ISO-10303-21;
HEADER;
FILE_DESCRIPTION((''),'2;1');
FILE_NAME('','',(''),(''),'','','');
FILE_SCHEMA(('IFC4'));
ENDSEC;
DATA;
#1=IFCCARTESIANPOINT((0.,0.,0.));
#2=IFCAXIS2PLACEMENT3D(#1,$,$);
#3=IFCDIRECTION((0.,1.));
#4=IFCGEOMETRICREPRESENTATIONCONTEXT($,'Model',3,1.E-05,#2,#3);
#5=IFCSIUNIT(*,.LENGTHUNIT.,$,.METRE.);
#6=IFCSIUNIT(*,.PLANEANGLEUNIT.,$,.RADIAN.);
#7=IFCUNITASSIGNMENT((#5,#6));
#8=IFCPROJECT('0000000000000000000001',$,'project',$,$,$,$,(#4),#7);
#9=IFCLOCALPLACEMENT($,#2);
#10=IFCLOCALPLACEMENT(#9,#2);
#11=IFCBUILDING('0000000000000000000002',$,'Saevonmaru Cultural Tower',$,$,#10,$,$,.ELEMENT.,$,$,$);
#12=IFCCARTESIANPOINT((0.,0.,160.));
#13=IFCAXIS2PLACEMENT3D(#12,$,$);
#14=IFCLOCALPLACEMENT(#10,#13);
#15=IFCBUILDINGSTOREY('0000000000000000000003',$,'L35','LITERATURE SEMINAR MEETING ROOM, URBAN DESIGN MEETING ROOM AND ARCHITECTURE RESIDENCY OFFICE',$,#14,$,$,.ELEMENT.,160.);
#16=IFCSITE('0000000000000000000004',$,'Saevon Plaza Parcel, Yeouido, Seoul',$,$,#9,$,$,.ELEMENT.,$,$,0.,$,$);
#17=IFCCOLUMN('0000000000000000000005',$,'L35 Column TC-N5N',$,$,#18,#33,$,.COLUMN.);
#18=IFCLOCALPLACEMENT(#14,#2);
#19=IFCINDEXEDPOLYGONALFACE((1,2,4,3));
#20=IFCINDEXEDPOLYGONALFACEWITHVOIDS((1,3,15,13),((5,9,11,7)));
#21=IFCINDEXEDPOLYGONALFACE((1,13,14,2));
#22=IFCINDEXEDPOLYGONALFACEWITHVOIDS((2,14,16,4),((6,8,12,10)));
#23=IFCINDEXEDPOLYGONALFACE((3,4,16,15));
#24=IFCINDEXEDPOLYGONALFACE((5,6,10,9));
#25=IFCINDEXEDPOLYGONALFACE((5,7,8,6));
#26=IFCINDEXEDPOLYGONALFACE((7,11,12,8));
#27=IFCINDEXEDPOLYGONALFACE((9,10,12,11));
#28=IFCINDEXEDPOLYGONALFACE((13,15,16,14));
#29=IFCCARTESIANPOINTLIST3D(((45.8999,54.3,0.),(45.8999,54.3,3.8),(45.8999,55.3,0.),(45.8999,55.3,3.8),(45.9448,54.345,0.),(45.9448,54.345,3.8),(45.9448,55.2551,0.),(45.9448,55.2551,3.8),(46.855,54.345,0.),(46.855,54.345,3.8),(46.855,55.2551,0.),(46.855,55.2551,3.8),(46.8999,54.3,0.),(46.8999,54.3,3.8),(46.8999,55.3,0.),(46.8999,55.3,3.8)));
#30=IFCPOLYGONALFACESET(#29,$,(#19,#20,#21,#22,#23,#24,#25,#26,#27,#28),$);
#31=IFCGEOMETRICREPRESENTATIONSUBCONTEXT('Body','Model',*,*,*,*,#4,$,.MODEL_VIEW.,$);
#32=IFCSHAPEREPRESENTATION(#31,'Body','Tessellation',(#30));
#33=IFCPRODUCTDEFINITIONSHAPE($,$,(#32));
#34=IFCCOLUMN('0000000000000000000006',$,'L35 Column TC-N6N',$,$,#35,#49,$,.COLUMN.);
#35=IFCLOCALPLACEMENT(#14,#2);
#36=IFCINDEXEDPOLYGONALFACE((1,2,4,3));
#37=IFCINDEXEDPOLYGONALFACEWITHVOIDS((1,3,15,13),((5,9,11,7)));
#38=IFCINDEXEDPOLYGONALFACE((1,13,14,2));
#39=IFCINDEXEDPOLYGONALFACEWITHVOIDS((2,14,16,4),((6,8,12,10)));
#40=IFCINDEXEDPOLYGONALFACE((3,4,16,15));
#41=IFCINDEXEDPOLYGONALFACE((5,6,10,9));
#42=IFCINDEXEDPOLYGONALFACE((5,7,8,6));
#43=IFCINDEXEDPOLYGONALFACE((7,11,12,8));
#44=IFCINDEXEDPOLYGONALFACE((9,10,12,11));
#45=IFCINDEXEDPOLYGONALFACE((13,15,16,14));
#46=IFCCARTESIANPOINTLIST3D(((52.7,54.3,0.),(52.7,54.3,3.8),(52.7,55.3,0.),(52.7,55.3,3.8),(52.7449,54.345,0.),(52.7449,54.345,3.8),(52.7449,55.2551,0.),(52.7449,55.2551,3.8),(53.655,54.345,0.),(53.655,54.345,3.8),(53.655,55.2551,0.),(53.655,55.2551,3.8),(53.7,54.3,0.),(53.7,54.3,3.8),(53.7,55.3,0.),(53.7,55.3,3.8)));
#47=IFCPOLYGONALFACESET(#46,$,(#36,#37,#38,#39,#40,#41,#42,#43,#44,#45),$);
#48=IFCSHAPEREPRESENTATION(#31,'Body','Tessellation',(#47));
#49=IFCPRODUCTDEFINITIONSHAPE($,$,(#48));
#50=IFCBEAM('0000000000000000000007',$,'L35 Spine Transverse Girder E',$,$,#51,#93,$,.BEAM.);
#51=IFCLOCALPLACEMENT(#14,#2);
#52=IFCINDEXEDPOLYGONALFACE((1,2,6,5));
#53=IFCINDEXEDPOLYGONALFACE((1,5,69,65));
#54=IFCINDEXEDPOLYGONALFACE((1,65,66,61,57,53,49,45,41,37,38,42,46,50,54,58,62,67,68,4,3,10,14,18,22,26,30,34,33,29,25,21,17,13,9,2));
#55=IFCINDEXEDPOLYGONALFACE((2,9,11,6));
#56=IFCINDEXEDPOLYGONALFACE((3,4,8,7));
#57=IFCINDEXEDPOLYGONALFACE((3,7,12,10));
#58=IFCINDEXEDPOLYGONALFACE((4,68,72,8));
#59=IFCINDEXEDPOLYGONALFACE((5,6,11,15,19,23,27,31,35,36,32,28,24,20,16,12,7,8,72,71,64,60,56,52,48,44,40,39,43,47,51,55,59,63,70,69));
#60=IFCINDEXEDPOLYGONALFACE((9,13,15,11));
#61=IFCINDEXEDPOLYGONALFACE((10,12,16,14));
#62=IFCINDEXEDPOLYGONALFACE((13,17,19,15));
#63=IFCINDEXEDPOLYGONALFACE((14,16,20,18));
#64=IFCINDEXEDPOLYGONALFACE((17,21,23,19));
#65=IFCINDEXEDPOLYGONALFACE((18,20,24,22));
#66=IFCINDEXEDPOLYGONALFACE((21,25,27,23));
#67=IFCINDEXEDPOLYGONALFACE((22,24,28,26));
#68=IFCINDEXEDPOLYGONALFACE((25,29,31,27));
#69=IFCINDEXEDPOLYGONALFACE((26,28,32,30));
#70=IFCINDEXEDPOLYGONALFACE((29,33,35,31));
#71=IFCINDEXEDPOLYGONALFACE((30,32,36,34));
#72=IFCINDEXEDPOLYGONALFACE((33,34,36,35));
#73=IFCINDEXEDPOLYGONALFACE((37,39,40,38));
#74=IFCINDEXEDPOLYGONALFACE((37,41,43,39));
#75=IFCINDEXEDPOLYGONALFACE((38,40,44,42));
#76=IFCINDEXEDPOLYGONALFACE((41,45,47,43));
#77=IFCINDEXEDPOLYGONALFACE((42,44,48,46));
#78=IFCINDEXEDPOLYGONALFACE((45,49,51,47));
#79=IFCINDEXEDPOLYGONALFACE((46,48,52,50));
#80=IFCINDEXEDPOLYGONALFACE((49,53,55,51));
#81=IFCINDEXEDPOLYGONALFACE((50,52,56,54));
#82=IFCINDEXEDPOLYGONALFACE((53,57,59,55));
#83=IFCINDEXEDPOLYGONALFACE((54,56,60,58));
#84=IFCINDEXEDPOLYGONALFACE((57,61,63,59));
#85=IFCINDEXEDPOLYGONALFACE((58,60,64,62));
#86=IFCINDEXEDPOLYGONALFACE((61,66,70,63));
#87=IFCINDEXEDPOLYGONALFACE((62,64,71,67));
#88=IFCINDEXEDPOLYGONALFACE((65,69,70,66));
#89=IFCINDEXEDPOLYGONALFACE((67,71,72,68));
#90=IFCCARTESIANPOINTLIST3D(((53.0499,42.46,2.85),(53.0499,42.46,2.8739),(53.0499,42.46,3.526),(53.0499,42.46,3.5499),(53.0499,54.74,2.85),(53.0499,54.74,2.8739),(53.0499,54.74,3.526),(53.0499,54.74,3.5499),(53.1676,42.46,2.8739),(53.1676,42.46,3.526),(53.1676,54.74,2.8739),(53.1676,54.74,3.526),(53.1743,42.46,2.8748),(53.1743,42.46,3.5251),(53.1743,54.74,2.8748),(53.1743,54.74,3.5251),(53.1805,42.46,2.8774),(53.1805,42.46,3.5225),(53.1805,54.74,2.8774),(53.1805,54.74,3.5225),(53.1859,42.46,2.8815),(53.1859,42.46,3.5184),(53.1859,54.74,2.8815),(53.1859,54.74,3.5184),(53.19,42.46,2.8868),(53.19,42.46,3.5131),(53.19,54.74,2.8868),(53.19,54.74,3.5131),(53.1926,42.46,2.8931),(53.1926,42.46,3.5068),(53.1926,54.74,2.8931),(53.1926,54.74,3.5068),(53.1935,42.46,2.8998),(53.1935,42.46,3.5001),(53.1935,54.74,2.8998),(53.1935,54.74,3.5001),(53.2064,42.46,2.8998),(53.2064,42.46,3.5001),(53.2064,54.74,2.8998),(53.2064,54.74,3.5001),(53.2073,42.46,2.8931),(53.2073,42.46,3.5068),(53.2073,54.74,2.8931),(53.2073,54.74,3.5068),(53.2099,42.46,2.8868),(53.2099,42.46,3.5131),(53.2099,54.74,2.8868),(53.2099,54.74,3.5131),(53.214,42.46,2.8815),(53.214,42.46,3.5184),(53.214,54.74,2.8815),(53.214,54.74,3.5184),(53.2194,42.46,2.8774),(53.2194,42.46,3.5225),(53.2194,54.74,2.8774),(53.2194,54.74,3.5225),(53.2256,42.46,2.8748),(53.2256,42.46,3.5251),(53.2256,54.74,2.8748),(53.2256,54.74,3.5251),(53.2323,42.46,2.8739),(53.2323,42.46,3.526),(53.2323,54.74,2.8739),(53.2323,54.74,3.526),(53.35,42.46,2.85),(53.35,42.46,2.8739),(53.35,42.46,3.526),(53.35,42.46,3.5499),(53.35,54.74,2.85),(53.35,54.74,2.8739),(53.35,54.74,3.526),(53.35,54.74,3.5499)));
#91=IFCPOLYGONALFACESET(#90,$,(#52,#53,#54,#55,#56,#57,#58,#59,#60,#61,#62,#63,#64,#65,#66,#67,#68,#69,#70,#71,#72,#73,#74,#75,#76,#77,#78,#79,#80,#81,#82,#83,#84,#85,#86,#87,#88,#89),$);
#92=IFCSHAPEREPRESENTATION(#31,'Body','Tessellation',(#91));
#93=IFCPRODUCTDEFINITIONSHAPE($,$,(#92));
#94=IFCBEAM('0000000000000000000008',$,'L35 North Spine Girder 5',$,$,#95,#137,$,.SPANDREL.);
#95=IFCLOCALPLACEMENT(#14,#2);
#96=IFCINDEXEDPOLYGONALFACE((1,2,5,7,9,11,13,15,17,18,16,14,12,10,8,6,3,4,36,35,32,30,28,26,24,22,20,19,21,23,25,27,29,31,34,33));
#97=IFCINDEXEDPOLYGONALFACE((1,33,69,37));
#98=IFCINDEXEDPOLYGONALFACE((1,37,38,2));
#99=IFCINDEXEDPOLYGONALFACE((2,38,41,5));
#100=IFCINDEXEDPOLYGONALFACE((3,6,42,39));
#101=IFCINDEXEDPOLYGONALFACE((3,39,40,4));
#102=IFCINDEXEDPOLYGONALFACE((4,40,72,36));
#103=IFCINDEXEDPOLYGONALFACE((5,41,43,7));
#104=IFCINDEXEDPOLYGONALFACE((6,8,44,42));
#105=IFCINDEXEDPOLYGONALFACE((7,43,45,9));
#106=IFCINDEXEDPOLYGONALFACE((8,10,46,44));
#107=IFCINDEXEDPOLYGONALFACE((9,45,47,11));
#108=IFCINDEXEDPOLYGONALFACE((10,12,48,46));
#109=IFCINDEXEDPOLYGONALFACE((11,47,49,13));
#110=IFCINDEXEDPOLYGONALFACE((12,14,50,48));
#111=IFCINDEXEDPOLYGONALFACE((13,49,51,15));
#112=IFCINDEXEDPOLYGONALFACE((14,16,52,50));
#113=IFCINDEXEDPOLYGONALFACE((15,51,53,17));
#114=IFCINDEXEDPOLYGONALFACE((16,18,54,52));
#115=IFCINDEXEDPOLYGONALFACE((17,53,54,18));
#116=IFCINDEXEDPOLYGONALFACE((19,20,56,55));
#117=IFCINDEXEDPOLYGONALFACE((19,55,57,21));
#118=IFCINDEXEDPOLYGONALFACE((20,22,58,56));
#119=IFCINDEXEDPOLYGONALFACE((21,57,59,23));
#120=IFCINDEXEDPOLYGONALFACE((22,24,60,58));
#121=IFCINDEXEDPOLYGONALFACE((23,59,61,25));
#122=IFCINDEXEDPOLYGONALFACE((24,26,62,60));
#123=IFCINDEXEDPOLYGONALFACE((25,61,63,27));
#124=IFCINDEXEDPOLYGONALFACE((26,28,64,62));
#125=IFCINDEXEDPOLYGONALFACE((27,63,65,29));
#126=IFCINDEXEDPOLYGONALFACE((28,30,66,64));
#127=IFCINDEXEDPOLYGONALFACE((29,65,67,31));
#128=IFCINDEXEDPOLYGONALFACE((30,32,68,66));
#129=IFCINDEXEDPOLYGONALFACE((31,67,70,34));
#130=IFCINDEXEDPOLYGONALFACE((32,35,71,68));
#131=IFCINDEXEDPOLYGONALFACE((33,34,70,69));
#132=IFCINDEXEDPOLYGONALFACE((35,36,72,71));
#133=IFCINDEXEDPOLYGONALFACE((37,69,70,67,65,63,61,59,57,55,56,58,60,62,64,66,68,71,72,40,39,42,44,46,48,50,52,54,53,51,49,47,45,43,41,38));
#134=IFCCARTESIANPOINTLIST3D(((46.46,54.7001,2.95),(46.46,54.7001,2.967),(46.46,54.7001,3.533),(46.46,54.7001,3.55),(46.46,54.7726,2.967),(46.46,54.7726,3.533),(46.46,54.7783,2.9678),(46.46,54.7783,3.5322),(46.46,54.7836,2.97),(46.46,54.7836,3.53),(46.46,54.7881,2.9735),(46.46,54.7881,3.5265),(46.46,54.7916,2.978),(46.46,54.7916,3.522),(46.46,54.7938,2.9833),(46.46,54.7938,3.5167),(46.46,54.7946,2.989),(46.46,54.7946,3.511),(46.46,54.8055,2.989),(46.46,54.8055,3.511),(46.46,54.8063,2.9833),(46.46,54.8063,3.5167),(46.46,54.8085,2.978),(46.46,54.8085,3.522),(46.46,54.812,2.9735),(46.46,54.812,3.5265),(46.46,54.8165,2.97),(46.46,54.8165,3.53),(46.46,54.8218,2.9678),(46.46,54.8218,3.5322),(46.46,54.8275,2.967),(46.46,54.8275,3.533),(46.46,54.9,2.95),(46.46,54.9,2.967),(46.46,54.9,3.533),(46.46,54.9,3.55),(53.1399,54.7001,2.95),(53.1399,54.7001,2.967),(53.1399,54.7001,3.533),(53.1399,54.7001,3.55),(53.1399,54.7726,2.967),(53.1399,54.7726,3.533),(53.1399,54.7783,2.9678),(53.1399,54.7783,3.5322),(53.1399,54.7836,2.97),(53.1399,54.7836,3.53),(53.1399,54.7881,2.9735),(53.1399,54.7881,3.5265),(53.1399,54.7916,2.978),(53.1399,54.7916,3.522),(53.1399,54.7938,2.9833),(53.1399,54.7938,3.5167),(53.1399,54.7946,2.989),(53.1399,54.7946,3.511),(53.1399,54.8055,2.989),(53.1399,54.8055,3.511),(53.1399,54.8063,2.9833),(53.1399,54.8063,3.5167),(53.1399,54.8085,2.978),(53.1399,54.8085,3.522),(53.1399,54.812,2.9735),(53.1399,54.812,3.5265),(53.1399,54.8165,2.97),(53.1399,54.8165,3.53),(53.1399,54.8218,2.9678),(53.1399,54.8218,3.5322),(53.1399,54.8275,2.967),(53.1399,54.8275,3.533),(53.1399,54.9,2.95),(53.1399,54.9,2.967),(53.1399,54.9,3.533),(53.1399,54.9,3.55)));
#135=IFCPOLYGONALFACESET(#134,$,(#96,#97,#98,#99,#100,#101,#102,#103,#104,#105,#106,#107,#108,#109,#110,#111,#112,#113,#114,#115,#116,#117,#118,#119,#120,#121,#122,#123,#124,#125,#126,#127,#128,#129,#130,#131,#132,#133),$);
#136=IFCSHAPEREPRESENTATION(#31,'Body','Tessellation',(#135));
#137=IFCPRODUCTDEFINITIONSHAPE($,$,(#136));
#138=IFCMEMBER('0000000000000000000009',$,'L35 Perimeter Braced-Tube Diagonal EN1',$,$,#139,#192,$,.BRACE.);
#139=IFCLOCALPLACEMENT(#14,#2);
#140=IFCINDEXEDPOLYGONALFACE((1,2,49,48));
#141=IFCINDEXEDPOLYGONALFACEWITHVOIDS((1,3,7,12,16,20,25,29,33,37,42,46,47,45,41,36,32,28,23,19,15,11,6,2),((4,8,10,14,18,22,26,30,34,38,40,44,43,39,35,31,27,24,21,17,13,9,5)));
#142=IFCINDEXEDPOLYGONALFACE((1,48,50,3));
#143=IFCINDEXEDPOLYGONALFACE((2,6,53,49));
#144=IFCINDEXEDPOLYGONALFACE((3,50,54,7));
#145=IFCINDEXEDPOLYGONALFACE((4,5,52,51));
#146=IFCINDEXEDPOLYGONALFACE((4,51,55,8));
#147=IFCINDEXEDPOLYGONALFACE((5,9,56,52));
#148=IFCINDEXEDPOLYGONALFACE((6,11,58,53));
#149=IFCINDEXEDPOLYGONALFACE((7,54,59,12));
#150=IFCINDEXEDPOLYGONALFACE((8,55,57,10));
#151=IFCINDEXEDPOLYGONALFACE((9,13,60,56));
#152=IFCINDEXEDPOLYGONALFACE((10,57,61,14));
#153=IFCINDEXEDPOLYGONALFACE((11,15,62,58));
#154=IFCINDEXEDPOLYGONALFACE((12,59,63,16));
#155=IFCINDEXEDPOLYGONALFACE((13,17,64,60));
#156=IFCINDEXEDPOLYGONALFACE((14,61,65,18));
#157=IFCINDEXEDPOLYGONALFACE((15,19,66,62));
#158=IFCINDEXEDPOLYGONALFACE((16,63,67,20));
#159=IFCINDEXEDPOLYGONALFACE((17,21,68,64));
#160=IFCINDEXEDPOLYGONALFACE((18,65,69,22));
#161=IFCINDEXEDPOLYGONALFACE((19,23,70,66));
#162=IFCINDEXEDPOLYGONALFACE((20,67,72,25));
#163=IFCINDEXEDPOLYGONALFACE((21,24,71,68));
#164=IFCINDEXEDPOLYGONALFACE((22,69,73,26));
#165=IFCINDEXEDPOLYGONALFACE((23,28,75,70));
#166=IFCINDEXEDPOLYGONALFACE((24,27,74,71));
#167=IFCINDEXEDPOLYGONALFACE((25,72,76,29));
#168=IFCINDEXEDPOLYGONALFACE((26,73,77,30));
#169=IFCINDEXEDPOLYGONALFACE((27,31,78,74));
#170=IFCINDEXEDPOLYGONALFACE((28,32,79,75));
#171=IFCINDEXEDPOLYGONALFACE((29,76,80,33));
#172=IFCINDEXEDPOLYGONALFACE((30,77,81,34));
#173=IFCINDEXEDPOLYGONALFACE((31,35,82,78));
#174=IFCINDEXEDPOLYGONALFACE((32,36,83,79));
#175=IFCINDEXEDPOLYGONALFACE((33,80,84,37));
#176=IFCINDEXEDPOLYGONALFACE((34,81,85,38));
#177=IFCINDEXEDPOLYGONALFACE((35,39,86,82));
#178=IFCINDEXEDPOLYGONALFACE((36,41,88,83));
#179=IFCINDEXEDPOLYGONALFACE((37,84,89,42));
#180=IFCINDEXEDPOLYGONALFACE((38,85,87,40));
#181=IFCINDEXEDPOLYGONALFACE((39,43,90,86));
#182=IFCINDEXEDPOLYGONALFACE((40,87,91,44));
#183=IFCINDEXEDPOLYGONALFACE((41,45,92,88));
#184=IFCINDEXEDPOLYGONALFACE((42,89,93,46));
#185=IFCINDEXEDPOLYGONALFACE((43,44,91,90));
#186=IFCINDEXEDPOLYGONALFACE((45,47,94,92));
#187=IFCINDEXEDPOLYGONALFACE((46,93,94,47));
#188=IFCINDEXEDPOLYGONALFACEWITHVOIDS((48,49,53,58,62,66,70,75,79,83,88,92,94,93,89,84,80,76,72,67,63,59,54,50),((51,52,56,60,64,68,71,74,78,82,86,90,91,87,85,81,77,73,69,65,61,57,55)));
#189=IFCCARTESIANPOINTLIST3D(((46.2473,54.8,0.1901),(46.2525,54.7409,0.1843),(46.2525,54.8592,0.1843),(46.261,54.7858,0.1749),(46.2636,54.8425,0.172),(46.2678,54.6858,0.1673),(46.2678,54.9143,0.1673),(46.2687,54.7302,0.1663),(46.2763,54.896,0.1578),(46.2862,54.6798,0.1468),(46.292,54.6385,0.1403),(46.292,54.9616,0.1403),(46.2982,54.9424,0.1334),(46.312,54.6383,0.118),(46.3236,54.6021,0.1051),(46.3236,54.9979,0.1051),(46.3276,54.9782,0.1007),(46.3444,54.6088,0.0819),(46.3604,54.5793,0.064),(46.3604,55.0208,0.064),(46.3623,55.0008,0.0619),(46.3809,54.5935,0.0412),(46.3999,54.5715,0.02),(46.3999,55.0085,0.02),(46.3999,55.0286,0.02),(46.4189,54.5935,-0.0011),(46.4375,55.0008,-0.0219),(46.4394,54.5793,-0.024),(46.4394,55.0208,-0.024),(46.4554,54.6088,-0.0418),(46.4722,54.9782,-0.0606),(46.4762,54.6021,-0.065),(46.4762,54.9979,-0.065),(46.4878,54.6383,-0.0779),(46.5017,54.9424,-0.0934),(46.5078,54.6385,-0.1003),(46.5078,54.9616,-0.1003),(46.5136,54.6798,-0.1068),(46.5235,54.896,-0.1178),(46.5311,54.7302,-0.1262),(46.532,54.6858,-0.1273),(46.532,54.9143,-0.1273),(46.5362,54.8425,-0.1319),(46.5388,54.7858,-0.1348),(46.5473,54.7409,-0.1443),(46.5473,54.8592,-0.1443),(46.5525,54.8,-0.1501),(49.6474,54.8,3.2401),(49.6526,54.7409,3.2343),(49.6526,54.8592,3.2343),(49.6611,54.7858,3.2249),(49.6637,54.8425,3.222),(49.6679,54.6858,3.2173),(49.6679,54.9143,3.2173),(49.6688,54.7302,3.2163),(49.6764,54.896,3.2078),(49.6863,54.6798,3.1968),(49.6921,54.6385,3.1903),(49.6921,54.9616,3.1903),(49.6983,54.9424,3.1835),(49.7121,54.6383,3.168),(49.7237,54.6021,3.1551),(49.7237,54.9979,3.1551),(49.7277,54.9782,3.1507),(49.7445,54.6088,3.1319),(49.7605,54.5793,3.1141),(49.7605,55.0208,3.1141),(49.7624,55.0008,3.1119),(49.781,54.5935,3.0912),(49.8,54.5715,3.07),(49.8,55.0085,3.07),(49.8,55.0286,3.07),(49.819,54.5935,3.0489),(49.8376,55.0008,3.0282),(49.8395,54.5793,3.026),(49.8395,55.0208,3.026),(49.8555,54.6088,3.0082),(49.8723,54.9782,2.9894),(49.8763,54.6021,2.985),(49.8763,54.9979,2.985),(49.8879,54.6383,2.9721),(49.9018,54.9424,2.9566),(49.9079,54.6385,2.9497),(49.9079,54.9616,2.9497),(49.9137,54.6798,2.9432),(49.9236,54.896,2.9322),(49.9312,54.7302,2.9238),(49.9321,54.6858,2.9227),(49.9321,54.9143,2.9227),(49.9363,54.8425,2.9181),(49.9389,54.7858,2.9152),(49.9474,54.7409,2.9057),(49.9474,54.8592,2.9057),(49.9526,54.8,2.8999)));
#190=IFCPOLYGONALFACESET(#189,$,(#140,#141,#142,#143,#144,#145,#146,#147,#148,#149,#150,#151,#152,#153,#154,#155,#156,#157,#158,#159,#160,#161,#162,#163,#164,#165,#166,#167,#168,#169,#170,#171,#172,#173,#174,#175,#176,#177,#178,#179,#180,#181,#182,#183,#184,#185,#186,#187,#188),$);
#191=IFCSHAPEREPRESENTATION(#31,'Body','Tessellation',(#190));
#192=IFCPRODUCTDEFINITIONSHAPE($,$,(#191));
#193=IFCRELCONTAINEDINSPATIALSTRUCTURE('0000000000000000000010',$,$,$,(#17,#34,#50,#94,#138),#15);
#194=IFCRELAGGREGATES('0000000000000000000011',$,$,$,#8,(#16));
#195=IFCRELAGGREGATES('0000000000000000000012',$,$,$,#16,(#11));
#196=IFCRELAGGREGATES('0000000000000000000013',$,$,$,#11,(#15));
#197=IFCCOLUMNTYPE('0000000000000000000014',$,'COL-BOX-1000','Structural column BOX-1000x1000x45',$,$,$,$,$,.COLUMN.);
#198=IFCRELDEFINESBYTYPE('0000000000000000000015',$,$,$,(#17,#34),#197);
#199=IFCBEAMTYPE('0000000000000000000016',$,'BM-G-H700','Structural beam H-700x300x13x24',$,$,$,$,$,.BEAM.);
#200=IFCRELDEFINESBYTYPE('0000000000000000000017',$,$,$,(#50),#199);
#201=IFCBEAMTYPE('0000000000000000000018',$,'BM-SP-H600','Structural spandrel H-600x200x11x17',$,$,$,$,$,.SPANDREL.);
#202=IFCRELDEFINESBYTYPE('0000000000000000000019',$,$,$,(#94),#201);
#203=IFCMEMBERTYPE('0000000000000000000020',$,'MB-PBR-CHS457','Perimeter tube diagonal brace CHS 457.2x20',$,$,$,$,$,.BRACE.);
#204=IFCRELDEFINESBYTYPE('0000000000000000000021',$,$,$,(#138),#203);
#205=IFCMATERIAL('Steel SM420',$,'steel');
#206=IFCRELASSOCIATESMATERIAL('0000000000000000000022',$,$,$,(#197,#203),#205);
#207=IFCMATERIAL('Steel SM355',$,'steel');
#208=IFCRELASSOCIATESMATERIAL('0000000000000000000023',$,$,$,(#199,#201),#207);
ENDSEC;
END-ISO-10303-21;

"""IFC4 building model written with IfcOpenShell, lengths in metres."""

from ifc_helpers import new_model, si_unit, direction, frame, origin, origin_2d, place, context, subcontext, project, spatial, hollow_rectangle, hollow_circle, i_section, extrude, material, material_profile, profile_set, type_object, element, save


model = new_model("IFC4")

# Units and contexts
model_context = context("Model", 3, precision=1e-05, world=origin(), true_north=direction((0.0, 1.0)))
body_context = subcontext(model_context, "Body", "Model", "MODEL_VIEW")
ifc_project = project(units=[si_unit("LENGTHUNIT", "METRE"), si_unit("PLANEANGLEUNIT", "RADIAN")], contexts=[model_context])

# Site, building, storey
site_placement = place(None, origin())
site = spatial("IfcSite", under=ifc_project, at=site_placement, Name="Saevon Plaza Parcel, Yeouido, Seoul", CompositionType="ELEMENT", RefElevation=0.0)
building_placement = place(site_placement, origin())
building = spatial("IfcBuilding", under=site, at=building_placement, Name="Saevonmaru Cultural Tower", CompositionType="ELEMENT")
storey_placement = place(building_placement, frame((0.0, 0.0, 160.0)))
storey = spatial("IfcBuildingStorey", under=building, at=storey_placement, Name="L35", Description="LITERATURE SEMINAR MEETING ROOM, URBAN DESIGN MEETING ROOM AND ARCHITECTURE RESIDENCY OFFICE", CompositionType="ELEMENT", Elevation=160.0)

# Columns
ifc_material_1 = material(Name="Steel SM420", Category="steel")
ifc_material_profile_1 = material_profile(ifc_material_1, hollow_rectangle(XDim=1.0, YDim=1.0, WallThickness=0.0449, at=origin_2d()), Name="BOX-1000x1000x45")
ifc_profile_set_1 = profile_set([ifc_material_profile_1], Name="Steel SM420")
column_type = type_object("IfcColumnType", Name="COL-BOX-1000", Description="Structural column BOX-1000x1000x45", PredefinedType="COLUMN", material=ifc_profile_set_1)
for number, where, z_axis, x_axis, name in (
    (1, (46.3999, 54.8, 0.0), (0.0, 0.0, 1.0), (1.0, 0.0, 0.0), "L35 Column TC-N5N"),
    (2, (53.2, 54.8, 0.0), (0.0, 0.0, 1.0), (1.0, 0.0, 0.0), "L35 Column TC-N6N"),
):
    element("IfcColumn", number, at=place(storey_placement, frame(where, z_axis=z_axis, x_axis=x_axis)), inside=storey, type_object=column_type, Name=name, PredefinedType="COLUMN", context=body_context, shape_type="SweptSolid", body=[
        extrude(hollow_rectangle(XDim=1.0, YDim=1.0, WallThickness=0.0449, at=origin_2d()), origin(), (0.0, 0.0, 1.0), 3.8),
    ])

# Beams
ifc_material_2 = material(Name="Steel SM355", Category="steel")
ifc_material_profile_2 = material_profile(ifc_material_2, i_section(OverallWidth=0.3, OverallDepth=0.7, WebThickness=0.0129, FlangeThickness=0.0239, FilletRadius=0.0259, at=origin_2d()), Name="H-700x300x13x24")
ifc_profile_set_2 = profile_set([ifc_material_profile_2], Name="Steel SM355")
beam_type_1 = type_object("IfcBeamType", Name="BM-G-H700", Description="Structural beam H-700x300x13x24", PredefinedType="BEAM", material=ifc_profile_set_2)
beam_1_placement = place(storey_placement, frame((53.2, 54.74, 3.2), z_axis=(0.0, -1.0, 0.0), x_axis=(1.0, 0.0, 0.0)))
element("IfcBeam", 3, at=beam_1_placement, inside=storey, type_object=beam_type_1, Name="L35 Spine Transverse Girder E", PredefinedType="BEAM", context=body_context, shape_type="SweptSolid", body=[
    extrude(i_section(OverallWidth=0.3, OverallDepth=0.7, WebThickness=0.0129, FlangeThickness=0.0239, FilletRadius=0.0259, at=origin_2d()), origin(), (0.0, 0.0, 1.0), 12.28),
])
ifc_material_profile_3 = material_profile(ifc_material_2, i_section(OverallWidth=0.2, OverallDepth=0.6001, WebThickness=0.011, FlangeThickness=0.0171, FilletRadius=0.022, at=origin_2d()), Name="H-600x200x11x17")
ifc_profile_set_3 = profile_set([ifc_material_profile_3], Name="Steel SM355")
beam_type_2 = type_object("IfcBeamType", Name="BM-SP-H600", Description="Structural spandrel H-600x200x11x17", PredefinedType="SPANDREL", material=ifc_profile_set_3)
beam_2_placement = place(storey_placement, frame((46.46, 54.8, 3.25), z_axis=(1.0, 0.0, 0.0), x_axis=(0.0, 1.0, 0.0)))
element("IfcBeam", 4, at=beam_2_placement, inside=storey, type_object=beam_type_2, Name="L35 North Spine Girder 5", PredefinedType="SPANDREL", context=body_context, shape_type="SweptSolid", body=[
    extrude(i_section(OverallWidth=0.2, OverallDepth=0.6001, WebThickness=0.011, FlangeThickness=0.0171, FilletRadius=0.022, at=origin_2d()), origin(), (0.0, 0.0, 1.0), 6.6799),
])

# Member
ifc_material_profile_4 = material_profile(ifc_material_1, hollow_circle(Radius=0.2285, WallThickness=0.02, at=origin_2d()), Name="CHS-457.2x20")
ifc_profile_set_4 = profile_set([ifc_material_profile_4], Name="Steel SM420")
member_type_1 = type_object("IfcMemberType", Name="MB-PBR-CHS457", Description="Perimeter tube diagonal brace CHS 457.2x20", PredefinedType="BRACE", material=ifc_profile_set_4)
for number, where, z_axis, x_axis, name in (
    (5, (46.3999, 54.8, 0.02), (0.744391, 0.0, 0.667744), (0.0, 1.0, 0.0), "L35 Perimeter Braced-Tube Diagonal EN1"),
):
    element("IfcMember", number, at=place(storey_placement, frame(where, z_axis=z_axis, x_axis=x_axis)), inside=storey, type_object=member_type_1, Name=name, PredefinedType="BRACE", context=body_context, shape_type="SweptSolid", body=[
        extrude(hollow_circle(Radius=0.2285, WallThickness=0.02, at=origin_2d()), origin(), (0.0, 0.0, 1.0), 4.5676),
    ])

save(model, "model.ifc")
